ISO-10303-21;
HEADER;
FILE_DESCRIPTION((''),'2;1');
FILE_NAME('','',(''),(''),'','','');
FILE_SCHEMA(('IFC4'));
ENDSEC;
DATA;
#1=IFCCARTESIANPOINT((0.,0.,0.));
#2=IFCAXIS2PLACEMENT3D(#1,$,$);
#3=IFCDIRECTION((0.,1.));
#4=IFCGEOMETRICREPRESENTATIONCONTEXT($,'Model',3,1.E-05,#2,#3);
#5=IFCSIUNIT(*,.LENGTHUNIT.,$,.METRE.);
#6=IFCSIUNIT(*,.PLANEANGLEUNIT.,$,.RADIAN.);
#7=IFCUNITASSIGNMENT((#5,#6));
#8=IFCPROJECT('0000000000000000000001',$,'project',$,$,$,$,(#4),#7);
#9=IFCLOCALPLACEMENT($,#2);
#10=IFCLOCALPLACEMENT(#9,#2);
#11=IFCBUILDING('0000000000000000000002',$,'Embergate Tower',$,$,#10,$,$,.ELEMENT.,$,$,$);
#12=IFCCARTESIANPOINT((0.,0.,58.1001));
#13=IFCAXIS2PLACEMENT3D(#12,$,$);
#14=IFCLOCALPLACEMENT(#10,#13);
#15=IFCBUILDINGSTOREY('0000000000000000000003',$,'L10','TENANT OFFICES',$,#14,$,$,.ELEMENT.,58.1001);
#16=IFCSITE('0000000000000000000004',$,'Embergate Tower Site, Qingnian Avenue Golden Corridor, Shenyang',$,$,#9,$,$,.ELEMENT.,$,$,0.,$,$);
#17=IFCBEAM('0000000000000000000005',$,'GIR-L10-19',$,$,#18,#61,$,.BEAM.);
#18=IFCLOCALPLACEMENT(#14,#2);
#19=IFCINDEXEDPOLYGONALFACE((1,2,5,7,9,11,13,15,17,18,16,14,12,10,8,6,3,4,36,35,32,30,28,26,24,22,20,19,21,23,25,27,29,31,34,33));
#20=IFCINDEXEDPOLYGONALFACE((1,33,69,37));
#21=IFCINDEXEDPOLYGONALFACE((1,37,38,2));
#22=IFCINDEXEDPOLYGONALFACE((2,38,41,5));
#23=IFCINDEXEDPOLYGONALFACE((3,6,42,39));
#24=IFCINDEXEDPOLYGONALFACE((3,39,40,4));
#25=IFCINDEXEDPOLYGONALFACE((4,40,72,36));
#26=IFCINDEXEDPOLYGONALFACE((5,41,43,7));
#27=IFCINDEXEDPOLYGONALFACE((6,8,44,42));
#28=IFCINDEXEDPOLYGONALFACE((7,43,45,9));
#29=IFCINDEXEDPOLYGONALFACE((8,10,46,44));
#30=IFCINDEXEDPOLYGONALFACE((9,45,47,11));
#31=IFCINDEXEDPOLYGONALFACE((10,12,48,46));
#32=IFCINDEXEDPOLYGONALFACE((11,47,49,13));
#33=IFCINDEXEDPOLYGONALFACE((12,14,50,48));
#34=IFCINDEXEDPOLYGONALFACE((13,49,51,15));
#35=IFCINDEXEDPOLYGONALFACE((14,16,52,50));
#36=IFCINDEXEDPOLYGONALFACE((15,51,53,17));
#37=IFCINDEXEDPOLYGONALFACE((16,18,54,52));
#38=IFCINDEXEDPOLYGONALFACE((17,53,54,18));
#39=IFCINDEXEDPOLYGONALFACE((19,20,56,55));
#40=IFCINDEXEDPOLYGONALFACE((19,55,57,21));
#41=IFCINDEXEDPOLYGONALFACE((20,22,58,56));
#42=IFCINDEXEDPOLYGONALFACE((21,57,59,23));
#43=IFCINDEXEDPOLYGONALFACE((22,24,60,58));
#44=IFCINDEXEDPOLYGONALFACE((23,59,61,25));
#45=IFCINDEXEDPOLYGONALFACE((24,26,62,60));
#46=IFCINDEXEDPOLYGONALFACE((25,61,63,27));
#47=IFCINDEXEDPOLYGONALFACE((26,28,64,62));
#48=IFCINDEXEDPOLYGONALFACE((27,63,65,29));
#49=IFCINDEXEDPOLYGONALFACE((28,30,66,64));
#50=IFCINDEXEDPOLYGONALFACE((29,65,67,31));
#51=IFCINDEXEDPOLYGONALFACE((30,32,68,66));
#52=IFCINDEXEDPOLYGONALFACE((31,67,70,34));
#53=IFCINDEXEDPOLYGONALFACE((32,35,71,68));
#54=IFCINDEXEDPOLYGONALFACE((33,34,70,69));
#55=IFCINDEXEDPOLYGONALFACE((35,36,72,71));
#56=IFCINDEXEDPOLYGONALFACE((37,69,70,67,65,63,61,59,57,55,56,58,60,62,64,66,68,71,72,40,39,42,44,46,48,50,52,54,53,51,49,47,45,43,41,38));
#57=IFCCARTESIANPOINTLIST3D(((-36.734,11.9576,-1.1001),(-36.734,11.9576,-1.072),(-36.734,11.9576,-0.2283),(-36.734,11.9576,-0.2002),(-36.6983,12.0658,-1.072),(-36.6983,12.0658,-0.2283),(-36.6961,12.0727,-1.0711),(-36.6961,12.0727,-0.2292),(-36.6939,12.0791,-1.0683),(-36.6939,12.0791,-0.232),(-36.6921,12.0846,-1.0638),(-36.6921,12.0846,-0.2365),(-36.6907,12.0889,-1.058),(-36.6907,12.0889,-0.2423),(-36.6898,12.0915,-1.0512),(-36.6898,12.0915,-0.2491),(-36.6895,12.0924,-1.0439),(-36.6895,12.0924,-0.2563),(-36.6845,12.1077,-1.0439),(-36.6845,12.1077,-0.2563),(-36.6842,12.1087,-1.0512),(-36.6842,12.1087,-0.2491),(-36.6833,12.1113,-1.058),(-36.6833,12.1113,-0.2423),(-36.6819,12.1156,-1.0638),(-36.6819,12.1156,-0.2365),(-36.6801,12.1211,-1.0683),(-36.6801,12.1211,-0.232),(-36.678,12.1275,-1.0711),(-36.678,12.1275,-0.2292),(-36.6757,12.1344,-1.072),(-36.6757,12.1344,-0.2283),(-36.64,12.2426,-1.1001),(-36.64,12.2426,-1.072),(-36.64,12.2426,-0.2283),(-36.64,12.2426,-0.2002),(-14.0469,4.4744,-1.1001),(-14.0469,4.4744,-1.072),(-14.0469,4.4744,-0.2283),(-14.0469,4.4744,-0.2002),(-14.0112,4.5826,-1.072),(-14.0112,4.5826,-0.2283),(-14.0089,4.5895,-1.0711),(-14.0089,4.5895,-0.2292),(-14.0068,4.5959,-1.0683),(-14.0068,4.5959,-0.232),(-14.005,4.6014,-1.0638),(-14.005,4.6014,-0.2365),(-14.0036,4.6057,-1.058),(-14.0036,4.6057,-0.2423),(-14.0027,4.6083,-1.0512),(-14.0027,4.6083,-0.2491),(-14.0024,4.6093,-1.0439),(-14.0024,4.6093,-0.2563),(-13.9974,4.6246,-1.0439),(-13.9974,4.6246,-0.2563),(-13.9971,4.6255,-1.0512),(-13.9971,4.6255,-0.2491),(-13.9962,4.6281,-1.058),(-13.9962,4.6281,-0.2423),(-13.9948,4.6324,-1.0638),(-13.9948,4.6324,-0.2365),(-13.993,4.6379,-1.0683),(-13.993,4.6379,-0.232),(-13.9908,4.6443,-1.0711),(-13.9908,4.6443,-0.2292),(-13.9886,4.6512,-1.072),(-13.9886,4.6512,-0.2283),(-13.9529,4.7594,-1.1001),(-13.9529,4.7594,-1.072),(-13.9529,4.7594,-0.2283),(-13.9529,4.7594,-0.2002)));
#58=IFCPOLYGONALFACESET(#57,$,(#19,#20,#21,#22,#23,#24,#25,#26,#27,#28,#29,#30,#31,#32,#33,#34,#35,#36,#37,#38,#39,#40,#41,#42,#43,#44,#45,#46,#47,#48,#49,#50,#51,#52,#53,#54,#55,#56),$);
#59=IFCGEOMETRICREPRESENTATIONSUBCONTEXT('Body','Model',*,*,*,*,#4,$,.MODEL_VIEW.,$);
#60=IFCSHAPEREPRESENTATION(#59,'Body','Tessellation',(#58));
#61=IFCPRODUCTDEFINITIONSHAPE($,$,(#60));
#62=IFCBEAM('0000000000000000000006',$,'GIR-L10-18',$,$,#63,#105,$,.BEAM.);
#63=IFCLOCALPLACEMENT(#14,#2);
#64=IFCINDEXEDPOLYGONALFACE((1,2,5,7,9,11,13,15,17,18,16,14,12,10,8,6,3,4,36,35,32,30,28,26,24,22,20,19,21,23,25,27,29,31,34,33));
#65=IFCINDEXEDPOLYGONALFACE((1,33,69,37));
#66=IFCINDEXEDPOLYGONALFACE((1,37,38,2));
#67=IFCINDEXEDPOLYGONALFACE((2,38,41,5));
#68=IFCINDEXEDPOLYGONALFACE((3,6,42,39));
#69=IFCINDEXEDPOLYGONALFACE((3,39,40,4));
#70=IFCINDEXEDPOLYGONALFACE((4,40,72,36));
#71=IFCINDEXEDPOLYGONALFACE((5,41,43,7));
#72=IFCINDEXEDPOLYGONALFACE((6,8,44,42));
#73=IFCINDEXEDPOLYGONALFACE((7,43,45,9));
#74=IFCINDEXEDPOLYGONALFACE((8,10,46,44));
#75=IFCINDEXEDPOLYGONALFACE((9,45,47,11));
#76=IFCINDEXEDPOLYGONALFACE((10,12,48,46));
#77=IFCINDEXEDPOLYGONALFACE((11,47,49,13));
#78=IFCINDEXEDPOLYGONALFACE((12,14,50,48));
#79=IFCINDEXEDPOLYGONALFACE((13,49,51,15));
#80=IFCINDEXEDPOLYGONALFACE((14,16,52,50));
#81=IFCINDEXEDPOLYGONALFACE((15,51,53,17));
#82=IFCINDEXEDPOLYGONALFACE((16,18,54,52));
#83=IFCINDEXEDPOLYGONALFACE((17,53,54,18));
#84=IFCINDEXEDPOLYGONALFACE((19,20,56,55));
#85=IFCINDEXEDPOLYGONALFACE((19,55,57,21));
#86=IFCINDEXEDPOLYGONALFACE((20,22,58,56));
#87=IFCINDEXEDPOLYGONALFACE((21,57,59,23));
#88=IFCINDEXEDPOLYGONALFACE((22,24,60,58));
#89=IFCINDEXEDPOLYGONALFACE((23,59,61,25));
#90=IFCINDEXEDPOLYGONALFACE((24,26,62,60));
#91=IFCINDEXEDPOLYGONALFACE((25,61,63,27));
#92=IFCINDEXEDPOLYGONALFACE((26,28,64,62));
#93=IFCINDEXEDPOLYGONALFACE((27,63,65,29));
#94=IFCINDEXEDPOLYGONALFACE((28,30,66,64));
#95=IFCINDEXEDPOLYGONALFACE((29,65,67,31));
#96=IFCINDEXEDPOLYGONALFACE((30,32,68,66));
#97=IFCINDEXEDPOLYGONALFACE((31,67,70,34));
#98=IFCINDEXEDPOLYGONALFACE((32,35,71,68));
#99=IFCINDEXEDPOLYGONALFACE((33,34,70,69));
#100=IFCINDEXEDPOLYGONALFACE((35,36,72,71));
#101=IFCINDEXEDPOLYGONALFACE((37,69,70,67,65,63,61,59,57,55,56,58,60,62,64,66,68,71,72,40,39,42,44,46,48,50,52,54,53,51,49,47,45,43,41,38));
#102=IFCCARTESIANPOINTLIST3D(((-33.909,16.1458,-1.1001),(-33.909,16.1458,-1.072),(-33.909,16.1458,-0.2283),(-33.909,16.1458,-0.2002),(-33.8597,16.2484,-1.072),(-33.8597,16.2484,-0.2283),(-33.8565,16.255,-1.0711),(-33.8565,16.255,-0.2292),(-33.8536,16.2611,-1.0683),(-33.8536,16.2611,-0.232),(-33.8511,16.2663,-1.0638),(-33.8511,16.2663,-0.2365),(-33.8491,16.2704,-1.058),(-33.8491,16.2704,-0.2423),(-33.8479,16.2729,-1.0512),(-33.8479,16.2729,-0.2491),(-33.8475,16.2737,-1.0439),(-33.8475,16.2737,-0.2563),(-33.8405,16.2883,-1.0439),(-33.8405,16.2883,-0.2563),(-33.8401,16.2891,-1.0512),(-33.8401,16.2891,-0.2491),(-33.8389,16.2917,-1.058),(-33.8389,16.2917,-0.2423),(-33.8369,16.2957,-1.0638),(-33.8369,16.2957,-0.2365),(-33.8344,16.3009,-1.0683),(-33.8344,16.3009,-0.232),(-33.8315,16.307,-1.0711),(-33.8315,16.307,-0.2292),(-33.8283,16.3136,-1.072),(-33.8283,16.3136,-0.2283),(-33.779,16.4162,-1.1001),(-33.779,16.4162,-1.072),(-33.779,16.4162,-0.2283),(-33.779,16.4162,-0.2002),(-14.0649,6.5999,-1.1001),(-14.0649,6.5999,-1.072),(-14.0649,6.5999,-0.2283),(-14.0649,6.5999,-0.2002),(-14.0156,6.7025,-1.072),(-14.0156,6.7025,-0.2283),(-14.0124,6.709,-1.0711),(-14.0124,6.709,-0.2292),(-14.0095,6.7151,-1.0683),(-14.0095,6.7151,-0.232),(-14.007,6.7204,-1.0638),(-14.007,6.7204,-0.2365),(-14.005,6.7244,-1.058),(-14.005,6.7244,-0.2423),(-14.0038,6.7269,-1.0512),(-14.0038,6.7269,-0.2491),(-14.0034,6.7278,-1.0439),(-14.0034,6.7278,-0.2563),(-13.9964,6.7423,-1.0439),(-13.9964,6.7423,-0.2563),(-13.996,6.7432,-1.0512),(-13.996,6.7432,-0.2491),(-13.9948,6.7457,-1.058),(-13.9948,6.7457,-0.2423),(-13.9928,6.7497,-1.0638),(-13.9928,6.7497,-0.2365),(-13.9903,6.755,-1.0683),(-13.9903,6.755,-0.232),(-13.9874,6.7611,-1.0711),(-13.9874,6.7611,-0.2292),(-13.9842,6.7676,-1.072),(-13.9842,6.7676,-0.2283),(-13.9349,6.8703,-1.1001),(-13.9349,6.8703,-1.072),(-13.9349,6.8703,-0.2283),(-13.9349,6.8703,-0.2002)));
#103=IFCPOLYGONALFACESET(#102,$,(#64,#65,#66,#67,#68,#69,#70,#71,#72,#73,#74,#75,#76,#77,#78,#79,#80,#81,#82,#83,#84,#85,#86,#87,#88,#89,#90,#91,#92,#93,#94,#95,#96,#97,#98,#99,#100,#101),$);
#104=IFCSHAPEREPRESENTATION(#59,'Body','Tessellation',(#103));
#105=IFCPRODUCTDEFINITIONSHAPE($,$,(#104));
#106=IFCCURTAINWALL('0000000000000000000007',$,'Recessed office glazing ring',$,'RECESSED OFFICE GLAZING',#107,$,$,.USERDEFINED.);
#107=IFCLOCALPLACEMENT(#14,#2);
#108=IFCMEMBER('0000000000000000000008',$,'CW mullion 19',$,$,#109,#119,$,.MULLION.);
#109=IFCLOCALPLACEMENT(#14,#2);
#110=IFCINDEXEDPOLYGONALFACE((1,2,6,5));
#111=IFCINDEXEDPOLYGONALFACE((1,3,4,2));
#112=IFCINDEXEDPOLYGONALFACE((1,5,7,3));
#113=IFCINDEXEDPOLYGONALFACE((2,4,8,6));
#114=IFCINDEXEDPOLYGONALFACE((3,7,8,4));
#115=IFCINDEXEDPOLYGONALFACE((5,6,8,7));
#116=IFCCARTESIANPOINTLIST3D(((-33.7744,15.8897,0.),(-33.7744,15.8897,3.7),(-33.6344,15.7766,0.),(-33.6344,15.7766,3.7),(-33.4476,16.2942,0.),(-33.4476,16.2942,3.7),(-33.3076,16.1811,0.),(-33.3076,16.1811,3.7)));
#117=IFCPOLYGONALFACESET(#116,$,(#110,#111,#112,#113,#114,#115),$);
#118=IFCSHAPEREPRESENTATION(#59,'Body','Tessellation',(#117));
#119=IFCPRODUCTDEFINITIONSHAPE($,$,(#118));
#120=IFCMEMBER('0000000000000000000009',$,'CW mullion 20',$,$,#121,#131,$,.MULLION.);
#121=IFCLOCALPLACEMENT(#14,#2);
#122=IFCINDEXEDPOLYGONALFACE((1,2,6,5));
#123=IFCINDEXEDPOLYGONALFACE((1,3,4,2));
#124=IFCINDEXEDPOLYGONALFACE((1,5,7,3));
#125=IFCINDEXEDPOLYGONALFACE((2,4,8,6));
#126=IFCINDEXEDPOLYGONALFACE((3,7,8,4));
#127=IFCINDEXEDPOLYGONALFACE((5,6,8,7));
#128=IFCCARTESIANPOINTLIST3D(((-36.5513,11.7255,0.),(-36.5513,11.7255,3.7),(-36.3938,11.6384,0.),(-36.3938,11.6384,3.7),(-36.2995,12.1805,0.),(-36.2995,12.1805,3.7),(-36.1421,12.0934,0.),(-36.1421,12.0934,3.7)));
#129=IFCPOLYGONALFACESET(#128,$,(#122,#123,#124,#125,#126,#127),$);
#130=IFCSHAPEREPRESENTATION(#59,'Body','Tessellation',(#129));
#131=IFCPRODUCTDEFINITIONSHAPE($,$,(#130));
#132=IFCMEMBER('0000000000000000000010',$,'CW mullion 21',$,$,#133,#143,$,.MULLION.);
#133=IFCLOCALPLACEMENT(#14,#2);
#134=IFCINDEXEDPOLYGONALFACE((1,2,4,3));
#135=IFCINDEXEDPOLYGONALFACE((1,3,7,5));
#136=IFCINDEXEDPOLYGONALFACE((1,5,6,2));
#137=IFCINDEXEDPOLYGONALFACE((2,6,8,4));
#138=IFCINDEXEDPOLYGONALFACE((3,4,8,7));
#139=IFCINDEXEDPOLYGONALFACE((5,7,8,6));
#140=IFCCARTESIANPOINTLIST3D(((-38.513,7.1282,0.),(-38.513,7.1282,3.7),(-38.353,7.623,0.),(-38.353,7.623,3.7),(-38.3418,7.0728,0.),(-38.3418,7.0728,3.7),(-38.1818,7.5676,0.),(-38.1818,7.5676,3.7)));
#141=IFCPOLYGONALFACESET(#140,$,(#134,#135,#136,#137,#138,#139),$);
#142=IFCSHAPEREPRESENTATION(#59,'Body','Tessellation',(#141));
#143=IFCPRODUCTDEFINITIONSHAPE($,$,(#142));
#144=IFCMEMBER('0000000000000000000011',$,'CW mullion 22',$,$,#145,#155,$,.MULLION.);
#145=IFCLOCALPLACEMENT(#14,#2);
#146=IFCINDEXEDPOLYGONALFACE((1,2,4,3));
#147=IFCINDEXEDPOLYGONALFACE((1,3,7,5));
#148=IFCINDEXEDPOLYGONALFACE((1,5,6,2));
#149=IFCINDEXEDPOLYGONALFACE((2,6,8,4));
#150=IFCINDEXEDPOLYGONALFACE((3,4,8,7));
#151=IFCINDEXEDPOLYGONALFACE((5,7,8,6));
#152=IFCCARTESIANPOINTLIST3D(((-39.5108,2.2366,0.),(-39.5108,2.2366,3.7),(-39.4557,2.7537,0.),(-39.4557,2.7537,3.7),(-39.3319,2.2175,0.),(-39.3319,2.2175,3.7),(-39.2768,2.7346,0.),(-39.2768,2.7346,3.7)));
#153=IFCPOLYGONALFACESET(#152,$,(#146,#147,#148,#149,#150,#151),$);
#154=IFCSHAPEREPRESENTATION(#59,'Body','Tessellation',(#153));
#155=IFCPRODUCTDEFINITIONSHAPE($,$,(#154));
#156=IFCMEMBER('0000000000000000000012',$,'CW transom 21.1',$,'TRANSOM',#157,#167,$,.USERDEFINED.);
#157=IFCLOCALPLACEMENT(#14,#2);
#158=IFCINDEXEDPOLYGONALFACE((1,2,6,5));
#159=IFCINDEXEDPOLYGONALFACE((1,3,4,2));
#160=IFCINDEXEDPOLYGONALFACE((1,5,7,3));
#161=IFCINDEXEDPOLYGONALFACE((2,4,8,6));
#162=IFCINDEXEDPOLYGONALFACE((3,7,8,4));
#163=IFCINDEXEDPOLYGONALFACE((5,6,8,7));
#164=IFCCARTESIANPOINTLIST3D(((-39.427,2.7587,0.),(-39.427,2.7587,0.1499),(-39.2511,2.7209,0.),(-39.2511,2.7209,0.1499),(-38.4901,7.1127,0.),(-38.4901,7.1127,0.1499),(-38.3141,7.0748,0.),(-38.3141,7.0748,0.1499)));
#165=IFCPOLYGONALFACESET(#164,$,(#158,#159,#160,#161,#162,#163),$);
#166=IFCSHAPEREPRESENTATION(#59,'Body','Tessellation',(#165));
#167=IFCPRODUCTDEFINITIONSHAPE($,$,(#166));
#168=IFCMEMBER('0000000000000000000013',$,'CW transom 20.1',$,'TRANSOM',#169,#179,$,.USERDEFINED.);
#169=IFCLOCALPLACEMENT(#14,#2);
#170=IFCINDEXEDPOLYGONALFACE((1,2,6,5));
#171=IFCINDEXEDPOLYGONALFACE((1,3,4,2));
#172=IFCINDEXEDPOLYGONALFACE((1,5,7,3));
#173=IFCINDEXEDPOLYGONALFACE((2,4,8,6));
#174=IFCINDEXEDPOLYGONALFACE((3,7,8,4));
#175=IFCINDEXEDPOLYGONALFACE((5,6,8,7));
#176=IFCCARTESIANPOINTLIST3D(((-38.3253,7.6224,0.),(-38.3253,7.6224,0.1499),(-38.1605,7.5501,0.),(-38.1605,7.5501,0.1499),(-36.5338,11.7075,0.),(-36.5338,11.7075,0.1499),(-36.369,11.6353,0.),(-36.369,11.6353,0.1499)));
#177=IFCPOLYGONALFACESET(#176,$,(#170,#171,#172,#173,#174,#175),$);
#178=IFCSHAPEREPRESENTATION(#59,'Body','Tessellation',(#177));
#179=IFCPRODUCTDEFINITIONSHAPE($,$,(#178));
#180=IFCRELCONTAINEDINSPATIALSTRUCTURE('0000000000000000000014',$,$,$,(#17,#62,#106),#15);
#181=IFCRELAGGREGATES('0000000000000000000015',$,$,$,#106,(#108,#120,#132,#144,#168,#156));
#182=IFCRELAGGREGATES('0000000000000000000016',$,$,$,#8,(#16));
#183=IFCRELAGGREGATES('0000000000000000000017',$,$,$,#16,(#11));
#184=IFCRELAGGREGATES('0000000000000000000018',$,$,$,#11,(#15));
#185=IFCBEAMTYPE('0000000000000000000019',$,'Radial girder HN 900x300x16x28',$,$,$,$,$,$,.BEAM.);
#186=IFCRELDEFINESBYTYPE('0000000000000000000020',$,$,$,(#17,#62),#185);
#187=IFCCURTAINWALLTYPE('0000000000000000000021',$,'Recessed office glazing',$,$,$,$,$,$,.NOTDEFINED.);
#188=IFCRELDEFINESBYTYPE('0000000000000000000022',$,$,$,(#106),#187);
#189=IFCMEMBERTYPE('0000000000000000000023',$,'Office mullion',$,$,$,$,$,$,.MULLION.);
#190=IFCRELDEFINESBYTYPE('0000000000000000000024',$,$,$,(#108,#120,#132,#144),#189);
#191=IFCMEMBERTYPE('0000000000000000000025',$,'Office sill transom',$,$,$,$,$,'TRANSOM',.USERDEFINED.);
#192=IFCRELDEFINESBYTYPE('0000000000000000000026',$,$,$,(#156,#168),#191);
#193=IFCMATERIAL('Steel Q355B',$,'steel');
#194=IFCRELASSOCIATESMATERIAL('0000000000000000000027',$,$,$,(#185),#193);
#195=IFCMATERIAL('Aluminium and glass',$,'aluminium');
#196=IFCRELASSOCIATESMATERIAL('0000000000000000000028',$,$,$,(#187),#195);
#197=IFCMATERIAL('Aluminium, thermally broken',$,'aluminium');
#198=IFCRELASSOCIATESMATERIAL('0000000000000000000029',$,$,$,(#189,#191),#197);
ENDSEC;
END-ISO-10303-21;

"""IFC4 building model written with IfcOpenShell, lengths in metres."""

from ifc_helpers import new_model, si_unit, direction, frame, origin, origin_2d, place, context, subcontext, project, spatial, rectangle, i_section, extrude, source, transform, mapped, material, material_profile, profile_set, type_object, element, aggregate, save


model = new_model("IFC4")

# Units and contexts
model_context = context("Model", 3, precision=1e-05, world=origin(), true_north=direction((0.0, 1.0)))
body_context = subcontext(model_context, "Body", "Model", "MODEL_VIEW")
ifc_project = project(units=[si_unit("LENGTHUNIT", "METRE"), si_unit("PLANEANGLEUNIT", "RADIAN")], contexts=[model_context])

# Site, building, storey
site_placement = place(None, origin())
site = spatial("IfcSite", under=ifc_project, at=site_placement, Name="Embergate Tower Site, Qingnian Avenue Golden Corridor, Shenyang", CompositionType="ELEMENT", RefElevation=0.0)
building_placement = place(site_placement, origin())
building = spatial("IfcBuilding", under=site, at=building_placement, Name="Embergate Tower", CompositionType="ELEMENT")
storey_placement = place(building_placement, frame((0.0, 0.0, 58.1001)))
storey = spatial("IfcBuildingStorey", under=building, at=storey_placement, Name="L10", Description="TENANT OFFICES", CompositionType="ELEMENT", Elevation=58.1001)

# Beams
ifc_material_1 = material(Name="Steel Q355B", Category="steel")
ifc_material_profile_1 = material_profile(ifc_material_1, i_section(OverallWidth=0.3, OverallDepth=0.8999, WebThickness=0.0161, FlangeThickness=0.0281, FilletRadius=0.0281, at=origin_2d()), Name="HN 900x300x16x28")
ifc_profile_set_1 = profile_set([ifc_material_profile_1], Name="Steel Q355 grade B")
beam_type_1 = type_object("IfcBeamType", Name="Radial girder HN 900x300x16x28", PredefinedType="BEAM", material=ifc_profile_set_1)
shared_shape_1 = source(origin(), body_context, "Body", "SweptSolid", [
    extrude(i_section(OverallWidth=0.3, OverallDepth=0.8999, WebThickness=0.0161, FlangeThickness=0.0281, FilletRadius=0.0281, at=origin_2d()), origin(), (0.0, 0.0, 1.0), 23.8894),
])
beam_1_placement = place(storey_placement, frame((-36.687, 12.1001, -0.6501), z_axis=(0.949673, -0.313243, 0.0), x_axis=(0.313243, 0.949673, 0.0)))
element("IfcBeam", 1, at=beam_1_placement, inside=storey, type_object=beam_type_1, Name="GIR-L10-19", PredefinedType="BEAM", context=body_context, shape_type="MappedRepresentation", body=[
    mapped(shared_shape_1, transform((0.0, 0.0, 0.0))),
])
shared_shape_2 = source(origin(), body_context, "Body", "SweptSolid", [
    extrude(i_section(OverallWidth=0.3, OverallDepth=0.8999, WebThickness=0.0161, FlangeThickness=0.0281, FilletRadius=0.0281, at=origin_2d()), origin(), (0.0, 0.0, 1.0), 22.0208),
])
beam_2_placement = place(storey_placement, frame((-33.844, 16.281, -0.6501), z_axis=(0.901155, -0.433498, 0.0), x_axis=(0.433498, 0.901155, 0.0)))
element("IfcBeam", 2, at=beam_2_placement, inside=storey, type_object=beam_type_1, Name="GIR-L10-18", PredefinedType="BEAM", context=body_context, shape_type="MappedRepresentation", body=[
    mapped(shared_shape_2, transform((0.0, 0.0, 0.0))),
])

# Curtain wall, members
ifc_material_2 = material(Name="Aluminium and glass", Category="aluminium")
curtain_wall_type = type_object("IfcCurtainWallType", Name="Recessed office glazing", PredefinedType="NOTDEFINED", material=ifc_material_2)
curtain_wall_placement = place(storey_placement, origin())
curtain_wall = element("IfcCurtainWall", 3, at=curtain_wall_placement, inside=storey, type_object=curtain_wall_type, Name="Recessed office glazing ring", ObjectType="RECESSED OFFICE GLAZING", PredefinedType="USERDEFINED")
ifc_material_3 = material(Name="Aluminium, thermally broken", Category="aluminium")
ifc_material_profile_2 = material_profile(ifc_material_3, rectangle(XDim=0.1799, YDim=0.52, at=origin_2d()), Name="AL 520x180")
ifc_profile_set_2 = profile_set([ifc_material_profile_2], Name="Aluminium, thermally broken")
member_type_1 = type_object("IfcMemberType", Name="Office mullion", PredefinedType="MULLION", material=ifc_profile_set_2)
shared_shape_3 = source(origin(), body_context, "Body", "SweptSolid", [
    extrude(rectangle(XDim=0.1799, YDim=0.52, at=origin_2d()), origin(), (0.0, 0.0, 1.0), 3.7),
])
member_1_placement = place(storey_placement, frame((-33.541, 16.0354, 0.0), z_axis=(0.0, 0.0, 1.0), x_axis=(0.777884, -0.628408, 0.0)))
member_1 = element("IfcMember", 4, at=member_1_placement, type_object=member_type_1, Name="CW mullion 19", PredefinedType="MULLION", context=body_context, shape_type="MappedRepresentation", body=[
    mapped(shared_shape_3, transform((0.0, 0.0, 0.0))),
])
member_2_placement = place(storey_placement, frame((-36.3467, 11.9094, 0.0), z_axis=(0.0, 0.0, 1.0), x_axis=(0.87501, -0.484104, 0.0)))
member_2 = element("IfcMember", 5, at=member_2_placement, type_object=member_type_1, Name="CW mullion 20", PredefinedType="MULLION", context=body_context, shape_type="MappedRepresentation", body=[
    mapped(shared_shape_3, transform((0.0, 0.0, 0.0))),
])
member_3_placement = place(storey_placement, frame((-38.3474, 7.3479, 0.0), z_axis=(0.0, 0.0, 1.0), x_axis=(0.951502, -0.307642, 0.0)))
member_3 = element("IfcMember", 6, at=member_3_placement, type_object=member_type_1, Name="CW mullion 21", PredefinedType="MULLION", context=body_context, shape_type="MappedRepresentation", body=[
    mapped(shared_shape_3, transform((0.0, 0.0, 0.0))),
])
member_4_placement = place(storey_placement, frame((-39.3938, 2.4856, 0.0), z_axis=(0.0, 0.0, 1.0), x_axis=(0.994386, -0.105818, 0.0)))
member_4 = element("IfcMember", 7, at=member_4_placement, type_object=member_type_1, Name="CW mullion 22", PredefinedType="MULLION", context=body_context, shape_type="MappedRepresentation", body=[
    mapped(shared_shape_3, transform((0.0, 0.0, 0.0))),
])
ifc_material_profile_3 = material_profile(ifc_material_3, rectangle(XDim=0.1799, YDim=0.1499, at=origin_2d()), Name="AL 150x180")
ifc_profile_set_3 = profile_set([ifc_material_profile_3], Name="Aluminium, thermally broken")
member_type_2 = type_object("IfcMemberType", Name="Office sill transom", ElementType="TRANSOM", PredefinedType="USERDEFINED", material=ifc_profile_set_3)
shared_shape_4 = source(origin(), body_context, "Body", "SweptSolid", [
    extrude(rectangle(XDim=0.1799, YDim=0.1499, at=origin_2d()), origin(), (0.0, 0.0, 1.0), 4.4536),
])
member_5_placement = place(storey_placement, frame((-38.4021, 7.0938, 0.075), z_axis=(-0.21039, -0.977618, 0.0), x_axis=(0.977618, -0.21039, 0.0)))
member_5 = element("IfcMember", 8, at=member_5_placement, type_object=member_type_2, Name="CW transom 21.1", ObjectType="TRANSOM", PredefinedType="USERDEFINED", context=body_context, shape_type="MappedRepresentation", body=[
    mapped(shared_shape_4, transform((0.0, 0.0, 0.0))),
])
shared_shape_5 = source(origin(), body_context, "Body", "SweptSolid", [
    extrude(rectangle(XDim=0.1799, YDim=0.1499, at=origin_2d()), origin(), (0.0, 0.0, 1.0), 4.4607),
])
member_6_placement = place(storey_placement, frame((-36.4514, 11.6714, 0.075), z_axis=(-0.401614, -0.915809, 0.0), x_axis=(0.915809, -0.401614, 0.0)))
member_6 = element("IfcMember", 9, at=member_6_placement, type_object=member_type_2, Name="CW transom 20.1", ObjectType="TRANSOM", PredefinedType="USERDEFINED", context=body_context, shape_type="MappedRepresentation", body=[
    mapped(shared_shape_5, transform((0.0, 0.0, 0.0))),
])
aggregate(curtain_wall, [member_1, member_2, member_3, member_4, member_6, member_5])

save(model, "model.ifc")
